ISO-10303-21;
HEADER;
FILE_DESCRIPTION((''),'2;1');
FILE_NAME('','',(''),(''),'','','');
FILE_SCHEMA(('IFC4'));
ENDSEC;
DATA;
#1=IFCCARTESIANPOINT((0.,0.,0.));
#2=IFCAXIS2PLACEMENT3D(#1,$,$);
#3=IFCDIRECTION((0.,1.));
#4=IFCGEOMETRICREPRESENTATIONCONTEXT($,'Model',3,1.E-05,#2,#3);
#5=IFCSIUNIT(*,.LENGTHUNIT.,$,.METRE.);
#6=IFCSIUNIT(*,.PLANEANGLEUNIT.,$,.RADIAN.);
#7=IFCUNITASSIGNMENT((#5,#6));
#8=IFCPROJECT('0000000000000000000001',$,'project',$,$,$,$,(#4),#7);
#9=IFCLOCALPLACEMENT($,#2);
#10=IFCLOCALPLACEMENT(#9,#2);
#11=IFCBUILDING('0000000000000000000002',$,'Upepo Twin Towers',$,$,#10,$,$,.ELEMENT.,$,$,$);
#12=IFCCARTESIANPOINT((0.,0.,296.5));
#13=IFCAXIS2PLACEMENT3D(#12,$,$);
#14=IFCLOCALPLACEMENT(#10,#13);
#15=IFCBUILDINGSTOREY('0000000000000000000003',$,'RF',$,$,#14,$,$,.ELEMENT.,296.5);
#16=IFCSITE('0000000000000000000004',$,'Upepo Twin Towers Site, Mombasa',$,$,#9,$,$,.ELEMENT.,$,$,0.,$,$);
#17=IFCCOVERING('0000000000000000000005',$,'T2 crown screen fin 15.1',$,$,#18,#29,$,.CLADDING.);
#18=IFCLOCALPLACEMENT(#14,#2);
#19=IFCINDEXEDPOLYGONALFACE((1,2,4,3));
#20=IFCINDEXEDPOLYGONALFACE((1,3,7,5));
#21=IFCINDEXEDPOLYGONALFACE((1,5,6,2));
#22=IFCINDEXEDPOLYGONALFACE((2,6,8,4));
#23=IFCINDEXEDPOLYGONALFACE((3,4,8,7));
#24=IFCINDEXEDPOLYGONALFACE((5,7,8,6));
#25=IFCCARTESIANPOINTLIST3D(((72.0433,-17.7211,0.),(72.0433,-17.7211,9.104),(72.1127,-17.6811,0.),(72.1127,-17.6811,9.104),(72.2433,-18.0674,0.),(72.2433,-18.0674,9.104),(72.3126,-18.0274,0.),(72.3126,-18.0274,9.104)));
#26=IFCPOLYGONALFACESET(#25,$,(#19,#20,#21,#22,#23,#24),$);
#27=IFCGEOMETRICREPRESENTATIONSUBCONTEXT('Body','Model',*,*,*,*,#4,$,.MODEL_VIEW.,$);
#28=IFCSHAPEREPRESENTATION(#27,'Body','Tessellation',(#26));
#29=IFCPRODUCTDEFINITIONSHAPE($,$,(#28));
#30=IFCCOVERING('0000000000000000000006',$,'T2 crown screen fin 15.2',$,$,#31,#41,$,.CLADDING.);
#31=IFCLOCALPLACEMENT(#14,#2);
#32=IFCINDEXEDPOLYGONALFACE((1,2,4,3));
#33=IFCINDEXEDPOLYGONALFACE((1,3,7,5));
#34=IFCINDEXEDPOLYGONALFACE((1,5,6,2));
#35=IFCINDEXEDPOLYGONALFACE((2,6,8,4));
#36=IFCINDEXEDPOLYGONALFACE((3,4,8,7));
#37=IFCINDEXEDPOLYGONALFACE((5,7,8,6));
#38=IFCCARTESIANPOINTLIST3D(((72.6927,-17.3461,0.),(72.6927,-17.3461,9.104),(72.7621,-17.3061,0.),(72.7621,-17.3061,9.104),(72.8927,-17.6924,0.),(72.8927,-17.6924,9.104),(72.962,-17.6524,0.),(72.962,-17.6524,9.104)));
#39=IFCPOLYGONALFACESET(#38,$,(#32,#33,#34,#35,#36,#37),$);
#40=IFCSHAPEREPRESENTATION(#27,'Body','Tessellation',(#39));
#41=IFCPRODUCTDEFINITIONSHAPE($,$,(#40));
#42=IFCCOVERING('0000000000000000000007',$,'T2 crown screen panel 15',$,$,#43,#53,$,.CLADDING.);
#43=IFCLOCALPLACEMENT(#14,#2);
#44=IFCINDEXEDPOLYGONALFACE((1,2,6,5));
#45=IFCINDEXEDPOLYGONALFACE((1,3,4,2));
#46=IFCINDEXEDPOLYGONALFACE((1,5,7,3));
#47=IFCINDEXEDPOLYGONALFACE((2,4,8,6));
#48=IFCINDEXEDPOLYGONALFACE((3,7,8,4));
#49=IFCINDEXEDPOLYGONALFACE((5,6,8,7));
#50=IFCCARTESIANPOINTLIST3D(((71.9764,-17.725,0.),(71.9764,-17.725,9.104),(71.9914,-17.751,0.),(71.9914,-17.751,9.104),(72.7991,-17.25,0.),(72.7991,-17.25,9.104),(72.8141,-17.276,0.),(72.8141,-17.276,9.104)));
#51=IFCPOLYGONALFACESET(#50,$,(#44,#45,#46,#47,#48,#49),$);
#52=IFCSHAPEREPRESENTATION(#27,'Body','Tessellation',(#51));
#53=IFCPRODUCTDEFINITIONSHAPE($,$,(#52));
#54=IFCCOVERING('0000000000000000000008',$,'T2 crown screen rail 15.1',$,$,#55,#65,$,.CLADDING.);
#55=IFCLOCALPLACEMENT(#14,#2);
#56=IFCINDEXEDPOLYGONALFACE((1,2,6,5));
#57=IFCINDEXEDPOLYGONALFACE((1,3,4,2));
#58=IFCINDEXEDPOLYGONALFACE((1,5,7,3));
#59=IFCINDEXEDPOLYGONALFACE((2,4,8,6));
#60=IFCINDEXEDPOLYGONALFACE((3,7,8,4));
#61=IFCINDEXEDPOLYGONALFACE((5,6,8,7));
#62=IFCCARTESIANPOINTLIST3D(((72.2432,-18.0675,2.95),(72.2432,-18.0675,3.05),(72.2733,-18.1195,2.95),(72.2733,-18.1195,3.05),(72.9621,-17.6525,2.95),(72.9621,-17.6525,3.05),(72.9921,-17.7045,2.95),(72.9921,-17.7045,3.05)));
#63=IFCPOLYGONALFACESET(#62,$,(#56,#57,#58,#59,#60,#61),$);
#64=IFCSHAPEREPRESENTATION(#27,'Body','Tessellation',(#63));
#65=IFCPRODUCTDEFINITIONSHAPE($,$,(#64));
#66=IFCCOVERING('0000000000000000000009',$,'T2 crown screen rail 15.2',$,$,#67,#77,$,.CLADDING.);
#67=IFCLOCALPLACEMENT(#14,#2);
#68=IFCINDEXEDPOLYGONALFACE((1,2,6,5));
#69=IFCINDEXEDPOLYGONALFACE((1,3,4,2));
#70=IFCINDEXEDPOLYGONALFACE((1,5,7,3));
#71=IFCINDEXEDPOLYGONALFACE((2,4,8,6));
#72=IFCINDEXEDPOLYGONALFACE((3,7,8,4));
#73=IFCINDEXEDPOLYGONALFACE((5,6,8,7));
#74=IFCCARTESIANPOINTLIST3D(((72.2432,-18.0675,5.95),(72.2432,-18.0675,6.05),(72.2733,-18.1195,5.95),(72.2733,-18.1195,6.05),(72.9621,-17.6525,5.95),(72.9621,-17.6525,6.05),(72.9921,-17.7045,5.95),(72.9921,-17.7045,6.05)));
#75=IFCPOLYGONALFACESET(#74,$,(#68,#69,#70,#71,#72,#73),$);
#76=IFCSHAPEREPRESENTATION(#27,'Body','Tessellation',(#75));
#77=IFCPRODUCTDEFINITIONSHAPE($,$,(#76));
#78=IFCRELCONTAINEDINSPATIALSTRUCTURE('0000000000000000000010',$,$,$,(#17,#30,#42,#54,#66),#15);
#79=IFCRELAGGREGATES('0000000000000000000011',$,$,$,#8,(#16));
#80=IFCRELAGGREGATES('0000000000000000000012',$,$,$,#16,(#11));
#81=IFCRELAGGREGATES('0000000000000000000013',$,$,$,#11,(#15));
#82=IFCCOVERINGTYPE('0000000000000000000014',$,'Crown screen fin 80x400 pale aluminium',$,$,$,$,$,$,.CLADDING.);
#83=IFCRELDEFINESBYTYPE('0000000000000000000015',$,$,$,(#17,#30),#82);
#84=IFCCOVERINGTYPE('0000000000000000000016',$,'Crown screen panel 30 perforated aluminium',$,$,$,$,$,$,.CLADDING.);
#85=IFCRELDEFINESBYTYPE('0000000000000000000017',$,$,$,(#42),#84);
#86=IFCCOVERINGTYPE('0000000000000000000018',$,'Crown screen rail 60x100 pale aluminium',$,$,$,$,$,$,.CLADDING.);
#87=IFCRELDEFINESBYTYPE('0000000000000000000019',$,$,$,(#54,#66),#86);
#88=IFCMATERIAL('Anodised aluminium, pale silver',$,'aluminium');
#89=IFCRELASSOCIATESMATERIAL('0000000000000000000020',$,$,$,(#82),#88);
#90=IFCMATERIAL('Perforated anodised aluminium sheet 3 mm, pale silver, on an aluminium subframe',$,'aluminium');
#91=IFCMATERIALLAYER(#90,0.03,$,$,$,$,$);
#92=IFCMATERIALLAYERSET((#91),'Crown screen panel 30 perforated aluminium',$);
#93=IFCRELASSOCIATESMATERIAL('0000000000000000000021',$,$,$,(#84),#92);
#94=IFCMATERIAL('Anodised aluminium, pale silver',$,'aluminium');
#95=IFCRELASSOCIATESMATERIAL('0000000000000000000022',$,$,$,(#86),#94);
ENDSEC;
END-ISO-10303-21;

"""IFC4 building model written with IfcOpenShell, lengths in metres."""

from ifc_helpers import new_model, si_unit, direction, frame, origin, origin_2d, place, context, subcontext, project, spatial, rectangle, extrude, material, layer, layer_set, type_object, element, save


model = new_model("IFC4")

# Units and contexts
model_context = context("Model", 3, precision=1e-05, world=origin(), true_north=direction((0.0, 1.0)))
body_context = subcontext(model_context, "Body", "Model", "MODEL_VIEW")
ifc_project = project(units=[si_unit("LENGTHUNIT", "METRE"), si_unit("PLANEANGLEUNIT", "RADIAN")], contexts=[model_context])

# Site, building, storey
site_placement = place(None, origin())
site = spatial("IfcSite", under=ifc_project, at=site_placement, Name="Upepo Twin Towers Site, Mombasa", CompositionType="ELEMENT", RefElevation=0.0)
building_placement = place(site_placement, origin())
building = spatial("IfcBuilding", under=site, at=building_placement, Name="Upepo Twin Towers", CompositionType="ELEMENT")
storey_placement = place(building_placement, frame((0.0, 0.0, 296.5)))
storey = spatial("IfcBuildingStorey", under=building, at=storey_placement, Name="RF", CompositionType="ELEMENT", Elevation=296.5)

# Coverings
ifc_material_1 = material(Name="Anodised aluminium, pale silver", Category="aluminium")
covering_type_1 = type_object("IfcCoveringType", Name="Crown screen fin 80x400 pale aluminium", PredefinedType="CLADDING", material=ifc_material_1)
for number, where, z_axis, x_axis, name in (
    (1, (72.178, -17.8743, 0.0), (0.0, 0.0, 1.0), (0.866025, 0.5, 0.0), "T2 crown screen fin 15.1"),
    (2, (72.8274, -17.4993, 0.0), (0.0, 0.0, 1.0), (0.866025, 0.5, 0.0), "T2 crown screen fin 15.2"),
):
    element("IfcCovering", number, at=place(storey_placement, frame(where, z_axis=z_axis, x_axis=x_axis)), inside=storey, type_object=covering_type_1, Name=name, PredefinedType="CLADDING", context=body_context, shape_type="SweptSolid", body=[
        extrude(rectangle(XDim=0.0801, YDim=0.3999, at=origin_2d()), origin(), (0.0, 0.0, 1.0), 9.104),
    ])
ifc_material_2 = material(Name="Perforated anodised aluminium sheet 3 mm, pale silver, on an aluminium subframe", Category="aluminium")
ifc_layer_1 = layer(ifc_material_2, 0.03)
ifc_layer_set_1 = layer_set([ifc_layer_1], Name="Crown screen panel 30 perforated aluminium")
covering_type_2 = type_object("IfcCoveringType", Name="Crown screen panel 30 perforated aluminium", PredefinedType="CLADDING", material=ifc_layer_set_1)
covering_placement = place(storey_placement, frame((72.3953, -17.5005, 0.0), z_axis=(0.0, 0.0, 1.0), x_axis=(0.866025, 0.5, 0.0)))
element("IfcCovering", 3, at=covering_placement, inside=storey, type_object=covering_type_2, Name="T2 crown screen panel 15", PredefinedType="CLADDING", context=body_context, shape_type="SweptSolid", body=[
    extrude(rectangle(XDim=0.95, YDim=0.03, at=origin_2d()), origin(), (0.0, 0.0, 1.0), 9.104),
])
ifc_material_3 = material(Name="Anodised aluminium, pale silver", Category="aluminium")
covering_type_3 = type_object("IfcCoveringType", Name="Crown screen rail 60x100 pale aluminium", PredefinedType="CLADDING", material=ifc_material_3)
for number, where, z_axis, x_axis, name in (
    (4, (72.6177, -17.886, 2.95), (0.0, 0.0, 1.0), (0.866025, 0.5, 0.0), "T2 crown screen rail 15.1"),
    (5, (72.6177, -17.886, 5.95), (0.0, 0.0, 1.0), (0.866025, 0.5, 0.0), "T2 crown screen rail 15.2"),
):
    element("IfcCovering", number, at=place(storey_placement, frame(where, z_axis=z_axis, x_axis=x_axis)), inside=storey, type_object=covering_type_3, Name=name, PredefinedType="CLADDING", context=body_context, shape_type="SweptSolid", body=[
        extrude(rectangle(XDim=0.8301, YDim=0.0601, at=origin_2d()), origin(), (0.0, 0.0, 1.0), 0.1001),
    ])

save(model, "model.ifc")
